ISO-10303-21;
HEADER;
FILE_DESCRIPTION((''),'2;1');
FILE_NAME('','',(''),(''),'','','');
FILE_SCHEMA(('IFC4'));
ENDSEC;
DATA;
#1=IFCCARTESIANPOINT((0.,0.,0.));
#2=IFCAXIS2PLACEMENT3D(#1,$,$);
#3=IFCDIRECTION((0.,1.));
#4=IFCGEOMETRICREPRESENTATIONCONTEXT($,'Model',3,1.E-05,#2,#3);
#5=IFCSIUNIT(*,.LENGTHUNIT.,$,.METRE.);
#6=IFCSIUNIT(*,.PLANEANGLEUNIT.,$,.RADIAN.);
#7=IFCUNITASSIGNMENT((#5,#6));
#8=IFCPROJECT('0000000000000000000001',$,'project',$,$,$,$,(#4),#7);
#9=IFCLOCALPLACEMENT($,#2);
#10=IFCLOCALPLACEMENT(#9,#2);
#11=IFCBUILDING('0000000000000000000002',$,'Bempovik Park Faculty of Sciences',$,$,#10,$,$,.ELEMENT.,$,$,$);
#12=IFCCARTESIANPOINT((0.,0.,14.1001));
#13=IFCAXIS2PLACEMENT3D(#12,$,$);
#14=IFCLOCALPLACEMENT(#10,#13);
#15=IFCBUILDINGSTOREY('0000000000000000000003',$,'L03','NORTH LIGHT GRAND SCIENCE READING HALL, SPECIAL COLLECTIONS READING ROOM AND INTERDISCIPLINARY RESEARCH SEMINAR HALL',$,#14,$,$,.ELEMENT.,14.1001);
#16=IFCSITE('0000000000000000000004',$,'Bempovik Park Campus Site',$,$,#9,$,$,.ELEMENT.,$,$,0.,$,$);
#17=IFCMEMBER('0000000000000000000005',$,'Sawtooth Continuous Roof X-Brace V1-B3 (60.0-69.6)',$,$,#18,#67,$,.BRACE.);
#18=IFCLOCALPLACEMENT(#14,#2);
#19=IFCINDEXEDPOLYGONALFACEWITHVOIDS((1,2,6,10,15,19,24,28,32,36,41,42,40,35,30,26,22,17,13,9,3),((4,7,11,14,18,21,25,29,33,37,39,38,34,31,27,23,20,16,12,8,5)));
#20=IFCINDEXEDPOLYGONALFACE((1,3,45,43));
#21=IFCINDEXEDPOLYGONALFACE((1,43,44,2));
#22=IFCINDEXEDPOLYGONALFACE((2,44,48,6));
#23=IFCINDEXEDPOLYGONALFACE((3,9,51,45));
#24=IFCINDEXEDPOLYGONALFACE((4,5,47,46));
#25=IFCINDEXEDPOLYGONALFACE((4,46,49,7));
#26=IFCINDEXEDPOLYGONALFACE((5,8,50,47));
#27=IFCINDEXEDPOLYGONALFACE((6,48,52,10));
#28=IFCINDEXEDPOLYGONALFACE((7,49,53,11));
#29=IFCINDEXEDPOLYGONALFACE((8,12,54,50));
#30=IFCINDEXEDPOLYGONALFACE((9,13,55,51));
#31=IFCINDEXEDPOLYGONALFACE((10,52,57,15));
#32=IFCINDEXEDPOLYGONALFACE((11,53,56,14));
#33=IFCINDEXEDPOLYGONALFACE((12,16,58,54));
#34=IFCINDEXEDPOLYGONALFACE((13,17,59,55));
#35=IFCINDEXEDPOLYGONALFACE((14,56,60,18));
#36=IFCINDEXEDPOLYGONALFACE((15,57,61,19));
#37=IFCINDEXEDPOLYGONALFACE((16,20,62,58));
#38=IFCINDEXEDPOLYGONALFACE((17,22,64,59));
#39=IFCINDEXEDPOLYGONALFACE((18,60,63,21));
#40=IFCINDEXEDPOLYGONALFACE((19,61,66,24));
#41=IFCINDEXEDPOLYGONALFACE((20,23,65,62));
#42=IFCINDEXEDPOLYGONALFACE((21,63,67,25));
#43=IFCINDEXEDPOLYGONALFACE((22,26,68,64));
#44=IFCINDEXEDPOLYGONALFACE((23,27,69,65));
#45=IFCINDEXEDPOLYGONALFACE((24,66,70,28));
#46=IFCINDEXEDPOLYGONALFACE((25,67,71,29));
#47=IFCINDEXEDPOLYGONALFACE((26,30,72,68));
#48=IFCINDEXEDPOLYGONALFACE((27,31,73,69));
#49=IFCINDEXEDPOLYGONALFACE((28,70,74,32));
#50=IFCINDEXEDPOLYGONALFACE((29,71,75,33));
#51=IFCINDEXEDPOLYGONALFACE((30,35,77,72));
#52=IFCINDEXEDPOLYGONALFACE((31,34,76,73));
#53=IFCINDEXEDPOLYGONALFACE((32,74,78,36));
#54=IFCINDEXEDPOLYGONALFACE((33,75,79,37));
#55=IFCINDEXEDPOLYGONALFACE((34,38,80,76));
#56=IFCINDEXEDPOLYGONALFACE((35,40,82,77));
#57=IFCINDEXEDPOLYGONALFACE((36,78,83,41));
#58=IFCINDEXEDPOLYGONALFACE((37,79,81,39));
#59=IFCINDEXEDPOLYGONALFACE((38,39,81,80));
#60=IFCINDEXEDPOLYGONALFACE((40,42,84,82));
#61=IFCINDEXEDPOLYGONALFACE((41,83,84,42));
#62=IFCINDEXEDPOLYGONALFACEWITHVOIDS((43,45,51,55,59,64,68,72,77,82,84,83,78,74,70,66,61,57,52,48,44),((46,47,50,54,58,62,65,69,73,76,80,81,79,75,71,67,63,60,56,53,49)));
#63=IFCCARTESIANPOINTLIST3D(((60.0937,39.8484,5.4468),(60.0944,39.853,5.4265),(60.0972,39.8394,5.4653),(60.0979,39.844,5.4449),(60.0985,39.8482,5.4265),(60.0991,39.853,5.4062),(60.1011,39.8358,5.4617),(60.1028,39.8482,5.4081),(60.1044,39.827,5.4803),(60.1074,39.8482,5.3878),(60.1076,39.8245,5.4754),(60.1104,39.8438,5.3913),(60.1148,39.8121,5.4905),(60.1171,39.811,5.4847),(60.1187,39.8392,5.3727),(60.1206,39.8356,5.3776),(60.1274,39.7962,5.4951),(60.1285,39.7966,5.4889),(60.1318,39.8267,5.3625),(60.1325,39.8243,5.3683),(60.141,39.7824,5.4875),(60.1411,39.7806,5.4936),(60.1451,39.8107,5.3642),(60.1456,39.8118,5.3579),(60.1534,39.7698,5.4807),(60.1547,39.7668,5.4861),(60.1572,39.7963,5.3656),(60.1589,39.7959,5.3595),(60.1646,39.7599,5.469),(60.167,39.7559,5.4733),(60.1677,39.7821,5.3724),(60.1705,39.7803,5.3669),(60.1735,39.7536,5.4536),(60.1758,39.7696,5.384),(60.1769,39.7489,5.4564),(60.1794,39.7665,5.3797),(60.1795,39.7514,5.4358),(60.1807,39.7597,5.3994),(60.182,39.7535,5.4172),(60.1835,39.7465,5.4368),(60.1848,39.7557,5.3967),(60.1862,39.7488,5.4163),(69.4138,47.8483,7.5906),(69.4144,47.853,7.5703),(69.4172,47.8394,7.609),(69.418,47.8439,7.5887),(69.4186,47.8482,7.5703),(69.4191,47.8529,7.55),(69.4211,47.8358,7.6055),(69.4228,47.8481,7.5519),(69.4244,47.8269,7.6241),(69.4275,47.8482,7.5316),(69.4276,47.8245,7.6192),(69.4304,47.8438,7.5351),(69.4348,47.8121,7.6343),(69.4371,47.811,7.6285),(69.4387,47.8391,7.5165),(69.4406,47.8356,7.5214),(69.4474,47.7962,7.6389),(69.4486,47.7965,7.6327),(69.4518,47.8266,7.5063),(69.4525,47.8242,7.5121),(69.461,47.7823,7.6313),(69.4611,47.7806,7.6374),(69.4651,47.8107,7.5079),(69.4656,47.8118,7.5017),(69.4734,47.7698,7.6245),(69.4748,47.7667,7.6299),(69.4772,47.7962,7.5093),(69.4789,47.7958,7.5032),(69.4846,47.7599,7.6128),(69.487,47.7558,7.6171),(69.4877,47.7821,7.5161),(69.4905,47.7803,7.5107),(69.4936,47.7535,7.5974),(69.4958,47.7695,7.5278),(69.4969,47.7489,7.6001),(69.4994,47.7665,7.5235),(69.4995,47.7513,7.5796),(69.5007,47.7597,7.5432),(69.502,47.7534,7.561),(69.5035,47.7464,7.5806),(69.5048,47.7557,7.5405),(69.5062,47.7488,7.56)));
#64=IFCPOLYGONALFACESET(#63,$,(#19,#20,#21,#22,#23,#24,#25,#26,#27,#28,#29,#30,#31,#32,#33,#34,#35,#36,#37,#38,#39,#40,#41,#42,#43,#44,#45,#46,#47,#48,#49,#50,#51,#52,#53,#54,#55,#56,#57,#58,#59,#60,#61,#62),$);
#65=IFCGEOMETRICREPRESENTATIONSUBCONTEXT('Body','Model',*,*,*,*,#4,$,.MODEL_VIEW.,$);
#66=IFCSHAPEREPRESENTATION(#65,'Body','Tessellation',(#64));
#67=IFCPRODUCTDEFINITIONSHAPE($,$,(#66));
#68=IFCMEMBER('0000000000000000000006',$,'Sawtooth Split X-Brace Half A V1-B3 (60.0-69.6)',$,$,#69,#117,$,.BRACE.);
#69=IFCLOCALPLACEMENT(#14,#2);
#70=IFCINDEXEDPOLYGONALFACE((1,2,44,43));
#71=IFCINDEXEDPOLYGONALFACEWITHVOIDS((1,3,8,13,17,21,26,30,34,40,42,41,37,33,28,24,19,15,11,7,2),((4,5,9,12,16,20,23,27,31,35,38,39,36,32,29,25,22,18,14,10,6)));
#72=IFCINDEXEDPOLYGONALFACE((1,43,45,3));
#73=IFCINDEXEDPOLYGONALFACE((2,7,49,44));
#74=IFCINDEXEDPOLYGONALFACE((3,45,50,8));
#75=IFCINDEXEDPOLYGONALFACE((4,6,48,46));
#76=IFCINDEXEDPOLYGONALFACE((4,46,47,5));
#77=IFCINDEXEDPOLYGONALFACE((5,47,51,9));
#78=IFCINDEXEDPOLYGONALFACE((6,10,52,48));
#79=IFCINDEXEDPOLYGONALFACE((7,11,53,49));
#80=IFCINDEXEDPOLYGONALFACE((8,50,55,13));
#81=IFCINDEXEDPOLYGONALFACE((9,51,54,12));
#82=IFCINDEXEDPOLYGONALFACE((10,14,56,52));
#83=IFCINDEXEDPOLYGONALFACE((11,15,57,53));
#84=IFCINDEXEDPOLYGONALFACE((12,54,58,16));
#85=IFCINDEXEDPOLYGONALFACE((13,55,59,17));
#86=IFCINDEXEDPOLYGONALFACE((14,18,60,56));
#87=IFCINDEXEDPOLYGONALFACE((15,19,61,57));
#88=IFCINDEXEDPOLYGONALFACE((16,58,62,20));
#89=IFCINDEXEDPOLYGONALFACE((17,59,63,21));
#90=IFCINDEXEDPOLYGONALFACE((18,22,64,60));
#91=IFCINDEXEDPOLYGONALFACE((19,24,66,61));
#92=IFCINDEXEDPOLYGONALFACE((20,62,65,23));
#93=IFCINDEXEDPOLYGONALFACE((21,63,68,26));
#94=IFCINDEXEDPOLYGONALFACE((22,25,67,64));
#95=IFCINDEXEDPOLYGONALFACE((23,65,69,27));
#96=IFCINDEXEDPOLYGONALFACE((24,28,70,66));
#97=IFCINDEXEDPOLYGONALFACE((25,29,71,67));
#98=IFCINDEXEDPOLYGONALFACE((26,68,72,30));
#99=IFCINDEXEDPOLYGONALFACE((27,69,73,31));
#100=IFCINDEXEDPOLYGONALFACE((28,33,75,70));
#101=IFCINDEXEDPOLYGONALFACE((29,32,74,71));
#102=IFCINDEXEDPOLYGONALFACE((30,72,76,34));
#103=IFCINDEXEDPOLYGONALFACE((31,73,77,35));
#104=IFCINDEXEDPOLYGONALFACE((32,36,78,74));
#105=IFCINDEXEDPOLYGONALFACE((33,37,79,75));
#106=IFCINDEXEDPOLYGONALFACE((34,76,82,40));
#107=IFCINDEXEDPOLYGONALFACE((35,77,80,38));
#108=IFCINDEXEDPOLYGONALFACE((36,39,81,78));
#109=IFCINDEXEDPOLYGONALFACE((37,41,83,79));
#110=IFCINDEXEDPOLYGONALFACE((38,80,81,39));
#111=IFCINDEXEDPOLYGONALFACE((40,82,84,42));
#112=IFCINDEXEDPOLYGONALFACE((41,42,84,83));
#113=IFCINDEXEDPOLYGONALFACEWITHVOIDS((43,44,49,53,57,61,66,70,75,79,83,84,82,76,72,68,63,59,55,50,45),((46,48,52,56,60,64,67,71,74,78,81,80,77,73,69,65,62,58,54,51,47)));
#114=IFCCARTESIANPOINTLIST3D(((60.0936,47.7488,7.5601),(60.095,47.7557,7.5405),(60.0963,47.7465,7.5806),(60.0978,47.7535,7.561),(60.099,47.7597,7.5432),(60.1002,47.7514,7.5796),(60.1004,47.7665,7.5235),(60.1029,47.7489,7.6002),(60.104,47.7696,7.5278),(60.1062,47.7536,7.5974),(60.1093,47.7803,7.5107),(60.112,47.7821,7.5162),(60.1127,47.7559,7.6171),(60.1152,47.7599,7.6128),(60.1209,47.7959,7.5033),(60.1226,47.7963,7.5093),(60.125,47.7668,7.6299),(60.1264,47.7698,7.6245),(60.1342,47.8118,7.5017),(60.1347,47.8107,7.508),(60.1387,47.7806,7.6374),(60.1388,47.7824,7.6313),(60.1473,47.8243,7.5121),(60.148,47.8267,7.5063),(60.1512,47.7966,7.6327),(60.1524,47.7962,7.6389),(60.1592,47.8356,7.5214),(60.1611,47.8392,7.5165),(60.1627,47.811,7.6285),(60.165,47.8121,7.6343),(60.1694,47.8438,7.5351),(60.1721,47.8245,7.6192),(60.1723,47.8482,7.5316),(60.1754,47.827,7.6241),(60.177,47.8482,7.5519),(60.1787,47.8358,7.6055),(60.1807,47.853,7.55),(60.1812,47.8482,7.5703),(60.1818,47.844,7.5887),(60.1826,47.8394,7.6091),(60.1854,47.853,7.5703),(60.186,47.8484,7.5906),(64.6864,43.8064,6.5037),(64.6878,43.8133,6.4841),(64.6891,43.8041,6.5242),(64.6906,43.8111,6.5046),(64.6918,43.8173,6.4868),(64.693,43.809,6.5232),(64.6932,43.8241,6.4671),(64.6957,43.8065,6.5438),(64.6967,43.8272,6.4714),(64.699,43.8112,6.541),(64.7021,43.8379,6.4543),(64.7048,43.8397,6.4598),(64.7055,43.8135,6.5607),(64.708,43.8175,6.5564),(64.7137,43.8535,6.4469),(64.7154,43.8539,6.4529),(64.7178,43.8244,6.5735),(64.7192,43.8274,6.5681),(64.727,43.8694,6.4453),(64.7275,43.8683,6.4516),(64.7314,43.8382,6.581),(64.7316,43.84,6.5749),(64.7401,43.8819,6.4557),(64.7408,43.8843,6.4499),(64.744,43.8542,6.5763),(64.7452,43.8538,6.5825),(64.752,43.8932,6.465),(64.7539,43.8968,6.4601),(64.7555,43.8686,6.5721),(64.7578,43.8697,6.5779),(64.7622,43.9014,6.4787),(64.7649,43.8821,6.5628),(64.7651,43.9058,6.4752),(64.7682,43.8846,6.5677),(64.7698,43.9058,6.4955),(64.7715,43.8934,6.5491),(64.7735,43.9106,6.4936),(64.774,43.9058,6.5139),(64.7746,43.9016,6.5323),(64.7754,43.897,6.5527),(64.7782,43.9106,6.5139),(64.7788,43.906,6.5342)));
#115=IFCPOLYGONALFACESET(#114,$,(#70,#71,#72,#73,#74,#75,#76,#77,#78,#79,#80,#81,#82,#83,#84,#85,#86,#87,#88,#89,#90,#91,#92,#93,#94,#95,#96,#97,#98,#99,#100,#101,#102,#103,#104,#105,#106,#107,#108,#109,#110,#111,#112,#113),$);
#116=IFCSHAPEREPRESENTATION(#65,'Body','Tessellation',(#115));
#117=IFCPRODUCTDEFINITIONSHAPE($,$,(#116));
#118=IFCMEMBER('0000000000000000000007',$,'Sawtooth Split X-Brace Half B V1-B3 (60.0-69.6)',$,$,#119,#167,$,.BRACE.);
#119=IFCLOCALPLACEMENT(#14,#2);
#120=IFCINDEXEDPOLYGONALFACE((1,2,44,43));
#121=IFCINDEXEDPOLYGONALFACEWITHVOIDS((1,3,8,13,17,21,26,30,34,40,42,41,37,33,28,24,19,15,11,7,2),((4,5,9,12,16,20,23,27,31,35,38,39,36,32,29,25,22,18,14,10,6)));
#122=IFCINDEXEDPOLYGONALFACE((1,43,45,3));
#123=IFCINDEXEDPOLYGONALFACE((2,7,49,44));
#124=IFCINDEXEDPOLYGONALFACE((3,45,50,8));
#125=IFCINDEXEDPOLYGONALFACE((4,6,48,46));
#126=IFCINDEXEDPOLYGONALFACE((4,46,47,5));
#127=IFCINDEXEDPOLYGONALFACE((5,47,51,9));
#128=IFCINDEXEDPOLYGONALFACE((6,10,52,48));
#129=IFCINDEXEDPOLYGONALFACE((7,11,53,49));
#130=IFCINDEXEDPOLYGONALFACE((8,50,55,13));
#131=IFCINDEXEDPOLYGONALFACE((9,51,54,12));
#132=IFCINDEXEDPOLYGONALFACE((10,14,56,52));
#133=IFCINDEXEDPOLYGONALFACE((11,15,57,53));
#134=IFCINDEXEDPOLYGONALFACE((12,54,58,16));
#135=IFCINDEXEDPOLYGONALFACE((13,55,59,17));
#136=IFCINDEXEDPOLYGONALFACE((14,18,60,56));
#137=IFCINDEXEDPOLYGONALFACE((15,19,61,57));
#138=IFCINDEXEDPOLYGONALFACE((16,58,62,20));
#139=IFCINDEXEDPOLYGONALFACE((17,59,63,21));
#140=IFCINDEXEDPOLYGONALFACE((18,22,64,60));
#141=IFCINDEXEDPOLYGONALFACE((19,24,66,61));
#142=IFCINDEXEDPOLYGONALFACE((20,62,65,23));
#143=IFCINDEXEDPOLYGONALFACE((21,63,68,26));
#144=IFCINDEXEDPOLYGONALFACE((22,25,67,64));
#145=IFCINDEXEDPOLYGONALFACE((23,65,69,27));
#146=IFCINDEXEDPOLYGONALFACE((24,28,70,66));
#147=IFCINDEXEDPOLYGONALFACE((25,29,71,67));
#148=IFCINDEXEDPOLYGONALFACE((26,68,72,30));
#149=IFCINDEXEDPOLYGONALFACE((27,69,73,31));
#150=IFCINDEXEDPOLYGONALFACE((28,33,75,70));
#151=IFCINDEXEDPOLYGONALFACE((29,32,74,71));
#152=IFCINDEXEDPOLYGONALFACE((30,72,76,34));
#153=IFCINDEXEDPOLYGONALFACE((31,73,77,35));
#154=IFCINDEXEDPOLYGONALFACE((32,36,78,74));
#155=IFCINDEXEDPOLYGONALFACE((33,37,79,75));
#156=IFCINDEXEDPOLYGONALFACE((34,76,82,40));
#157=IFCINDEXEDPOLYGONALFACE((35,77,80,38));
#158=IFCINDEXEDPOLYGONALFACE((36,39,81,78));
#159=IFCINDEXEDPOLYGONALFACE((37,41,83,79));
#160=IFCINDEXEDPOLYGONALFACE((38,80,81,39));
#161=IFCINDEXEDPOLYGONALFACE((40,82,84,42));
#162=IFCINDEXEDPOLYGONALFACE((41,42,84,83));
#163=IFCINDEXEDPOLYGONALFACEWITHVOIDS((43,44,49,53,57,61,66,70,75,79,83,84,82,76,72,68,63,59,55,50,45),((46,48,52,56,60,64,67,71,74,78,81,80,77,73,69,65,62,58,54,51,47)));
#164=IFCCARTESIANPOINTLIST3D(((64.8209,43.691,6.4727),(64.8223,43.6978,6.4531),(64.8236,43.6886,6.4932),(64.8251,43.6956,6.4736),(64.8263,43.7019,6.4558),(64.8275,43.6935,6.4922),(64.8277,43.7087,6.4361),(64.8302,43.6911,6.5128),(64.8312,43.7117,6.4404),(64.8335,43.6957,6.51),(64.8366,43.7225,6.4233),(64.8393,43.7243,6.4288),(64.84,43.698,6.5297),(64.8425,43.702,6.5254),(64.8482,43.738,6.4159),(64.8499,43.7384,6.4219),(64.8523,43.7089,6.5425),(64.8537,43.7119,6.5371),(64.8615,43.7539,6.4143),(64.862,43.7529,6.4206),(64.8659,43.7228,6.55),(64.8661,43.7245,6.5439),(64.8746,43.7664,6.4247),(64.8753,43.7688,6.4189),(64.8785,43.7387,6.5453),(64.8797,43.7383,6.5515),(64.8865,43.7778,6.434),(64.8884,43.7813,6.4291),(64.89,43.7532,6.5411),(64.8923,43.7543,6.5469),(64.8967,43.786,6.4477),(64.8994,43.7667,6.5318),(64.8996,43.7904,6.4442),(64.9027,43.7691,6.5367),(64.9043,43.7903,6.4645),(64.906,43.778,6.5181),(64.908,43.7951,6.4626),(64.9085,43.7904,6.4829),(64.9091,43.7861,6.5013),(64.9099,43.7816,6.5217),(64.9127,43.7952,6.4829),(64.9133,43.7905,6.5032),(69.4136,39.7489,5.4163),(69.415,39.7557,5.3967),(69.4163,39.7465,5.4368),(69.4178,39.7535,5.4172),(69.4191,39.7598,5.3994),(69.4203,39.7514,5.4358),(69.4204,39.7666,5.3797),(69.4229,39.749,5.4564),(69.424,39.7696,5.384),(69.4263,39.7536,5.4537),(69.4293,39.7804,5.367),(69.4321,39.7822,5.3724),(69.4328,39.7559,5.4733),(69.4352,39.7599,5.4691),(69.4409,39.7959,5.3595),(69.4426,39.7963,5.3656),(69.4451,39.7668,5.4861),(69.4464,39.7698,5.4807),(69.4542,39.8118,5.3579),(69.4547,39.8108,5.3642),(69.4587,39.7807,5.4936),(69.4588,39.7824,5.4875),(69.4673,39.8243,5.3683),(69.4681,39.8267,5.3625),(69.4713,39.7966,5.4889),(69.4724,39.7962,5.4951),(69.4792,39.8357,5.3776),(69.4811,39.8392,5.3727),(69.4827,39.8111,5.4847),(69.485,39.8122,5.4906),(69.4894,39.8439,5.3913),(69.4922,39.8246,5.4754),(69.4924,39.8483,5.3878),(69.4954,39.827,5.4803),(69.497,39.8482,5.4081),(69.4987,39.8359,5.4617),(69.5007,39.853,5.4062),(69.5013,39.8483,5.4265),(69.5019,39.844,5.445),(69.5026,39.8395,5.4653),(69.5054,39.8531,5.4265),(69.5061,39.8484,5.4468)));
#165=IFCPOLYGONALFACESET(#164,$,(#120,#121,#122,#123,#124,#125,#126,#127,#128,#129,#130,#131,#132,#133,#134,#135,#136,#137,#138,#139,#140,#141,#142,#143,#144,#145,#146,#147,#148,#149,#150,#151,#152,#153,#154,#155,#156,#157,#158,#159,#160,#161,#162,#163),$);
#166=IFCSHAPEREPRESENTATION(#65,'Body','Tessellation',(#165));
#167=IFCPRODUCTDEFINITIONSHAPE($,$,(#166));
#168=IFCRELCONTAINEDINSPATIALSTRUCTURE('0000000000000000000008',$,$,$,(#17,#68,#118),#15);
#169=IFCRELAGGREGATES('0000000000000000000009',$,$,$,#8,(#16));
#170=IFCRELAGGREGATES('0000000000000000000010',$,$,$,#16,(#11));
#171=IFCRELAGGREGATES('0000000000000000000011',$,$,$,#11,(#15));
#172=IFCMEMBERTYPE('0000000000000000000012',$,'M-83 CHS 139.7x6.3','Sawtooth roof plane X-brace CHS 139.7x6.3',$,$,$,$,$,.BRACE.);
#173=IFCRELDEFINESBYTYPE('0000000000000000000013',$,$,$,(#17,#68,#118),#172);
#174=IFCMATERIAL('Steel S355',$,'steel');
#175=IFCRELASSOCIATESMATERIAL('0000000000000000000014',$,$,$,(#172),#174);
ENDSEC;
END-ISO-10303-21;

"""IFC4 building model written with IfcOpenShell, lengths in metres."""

from ifc_helpers import new_model, si_unit, direction, frame, origin, origin_2d, place, context, subcontext, project, spatial, hollow_circle, extrude, material, material_profile, profile_set, type_object, element, save


model = new_model("IFC4")

# Units and contexts
model_context = context("Model", 3, precision=1e-05, world=origin(), true_north=direction((0.0, 1.0)))
body_context = subcontext(model_context, "Body", "Model", "MODEL_VIEW")
ifc_project = project(units=[si_unit("LENGTHUNIT", "METRE"), si_unit("PLANEANGLEUNIT", "RADIAN")], contexts=[model_context])

# Site, building, storey
site_placement = place(None, origin())
site = spatial("IfcSite", under=ifc_project, at=site_placement, Name="Bempovik Park Campus Site", CompositionType="ELEMENT", RefElevation=0.0)
building_placement = place(site_placement, origin())
building = spatial("IfcBuilding", under=site, at=building_placement, Name="Bempovik Park Faculty of Sciences", CompositionType="ELEMENT")
storey_placement = place(building_placement, frame((0.0, 0.0, 14.1001)))
storey = spatial("IfcBuildingStorey", under=building, at=storey_placement, Name="L03", Description="NORTH LIGHT GRAND SCIENCE READING HALL, SPECIAL COLLECTIONS READING ROOM AND INTERDISCIPLINARY RESEARCH SEMINAR HALL", CompositionType="ELEMENT", Elevation=14.1001)

# Shared definitions
ifc_material_1 = material(Name="Steel S355", Category="steel")

# Members
ifc_material_profile_1 = material_profile(ifc_material_1, hollow_circle(Radius=0.0698, WallThickness=0.0063, at=origin_2d()), Name="CHS 139.7x6.3")
ifc_profile_set_1 = profile_set([ifc_material_profile_1], Name="Steel S355")
member_type_1 = type_object("IfcMemberType", Name="M-83 CHS 139.7x6.3", Description="Sawtooth roof plane X-brace CHS 139.7x6.3", PredefinedType="BRACE", material=ifc_profile_set_1)
member_1_placement = place(storey_placement, frame((60.1399, 39.8, 5.4265), z_axis=(0.747499, 0.641625, 0.171939), x_axis=(-0.651325, 0.758799, 0.0)))
element("IfcMember", 1, at=member_1_placement, inside=storey, type_object=member_type_1, Name="Sawtooth Continuous Roof X-Brace V1-B3 (60.0-69.6)", PredefinedType="BRACE", context=body_context, shape_type="SweptSolid", body=[
    extrude(hollow_circle(Radius=0.0698, WallThickness=0.0063, at=origin_2d()), origin(), (0.0, 0.0, 1.0), 12.4683),
])
member_2_placement = place(storey_placement, frame((60.1399, 47.8, 7.5703), z_axis=(0.74749, -0.641637, -0.171932), x_axis=(0.651336, 0.758789, 0.0)))
element("IfcMember", 2, at=member_2_placement, inside=storey, type_object=member_type_1, Name="Sawtooth Split X-Brace Half A V1-B3 (60.0-69.6)", PredefinedType="BRACE", context=body_context, shape_type="SweptSolid", body=[
    extrude(hollow_circle(Radius=0.0698, WallThickness=0.0063, at=origin_2d()), origin(), (0.0, 0.0, 1.0), 6.1443),
])
member_3_placement = place(storey_placement, frame((64.8672, 43.7422, 6.4829), z_axis=(0.747509, -0.641613, -0.171937), x_axis=(0.651313, 0.758809, 0.0)))
element("IfcMember", 3, at=member_3_placement, inside=storey, type_object=member_type_1, Name="Sawtooth Split X-Brace Half B V1-B3 (60.0-69.6)", PredefinedType="BRACE", context=body_context, shape_type="SweptSolid", body=[
    extrude(hollow_circle(Radius=0.0698, WallThickness=0.0063, at=origin_2d()), origin(), (0.0, 0.0, 1.0), 6.144),
])

save(model, "model.ifc")
